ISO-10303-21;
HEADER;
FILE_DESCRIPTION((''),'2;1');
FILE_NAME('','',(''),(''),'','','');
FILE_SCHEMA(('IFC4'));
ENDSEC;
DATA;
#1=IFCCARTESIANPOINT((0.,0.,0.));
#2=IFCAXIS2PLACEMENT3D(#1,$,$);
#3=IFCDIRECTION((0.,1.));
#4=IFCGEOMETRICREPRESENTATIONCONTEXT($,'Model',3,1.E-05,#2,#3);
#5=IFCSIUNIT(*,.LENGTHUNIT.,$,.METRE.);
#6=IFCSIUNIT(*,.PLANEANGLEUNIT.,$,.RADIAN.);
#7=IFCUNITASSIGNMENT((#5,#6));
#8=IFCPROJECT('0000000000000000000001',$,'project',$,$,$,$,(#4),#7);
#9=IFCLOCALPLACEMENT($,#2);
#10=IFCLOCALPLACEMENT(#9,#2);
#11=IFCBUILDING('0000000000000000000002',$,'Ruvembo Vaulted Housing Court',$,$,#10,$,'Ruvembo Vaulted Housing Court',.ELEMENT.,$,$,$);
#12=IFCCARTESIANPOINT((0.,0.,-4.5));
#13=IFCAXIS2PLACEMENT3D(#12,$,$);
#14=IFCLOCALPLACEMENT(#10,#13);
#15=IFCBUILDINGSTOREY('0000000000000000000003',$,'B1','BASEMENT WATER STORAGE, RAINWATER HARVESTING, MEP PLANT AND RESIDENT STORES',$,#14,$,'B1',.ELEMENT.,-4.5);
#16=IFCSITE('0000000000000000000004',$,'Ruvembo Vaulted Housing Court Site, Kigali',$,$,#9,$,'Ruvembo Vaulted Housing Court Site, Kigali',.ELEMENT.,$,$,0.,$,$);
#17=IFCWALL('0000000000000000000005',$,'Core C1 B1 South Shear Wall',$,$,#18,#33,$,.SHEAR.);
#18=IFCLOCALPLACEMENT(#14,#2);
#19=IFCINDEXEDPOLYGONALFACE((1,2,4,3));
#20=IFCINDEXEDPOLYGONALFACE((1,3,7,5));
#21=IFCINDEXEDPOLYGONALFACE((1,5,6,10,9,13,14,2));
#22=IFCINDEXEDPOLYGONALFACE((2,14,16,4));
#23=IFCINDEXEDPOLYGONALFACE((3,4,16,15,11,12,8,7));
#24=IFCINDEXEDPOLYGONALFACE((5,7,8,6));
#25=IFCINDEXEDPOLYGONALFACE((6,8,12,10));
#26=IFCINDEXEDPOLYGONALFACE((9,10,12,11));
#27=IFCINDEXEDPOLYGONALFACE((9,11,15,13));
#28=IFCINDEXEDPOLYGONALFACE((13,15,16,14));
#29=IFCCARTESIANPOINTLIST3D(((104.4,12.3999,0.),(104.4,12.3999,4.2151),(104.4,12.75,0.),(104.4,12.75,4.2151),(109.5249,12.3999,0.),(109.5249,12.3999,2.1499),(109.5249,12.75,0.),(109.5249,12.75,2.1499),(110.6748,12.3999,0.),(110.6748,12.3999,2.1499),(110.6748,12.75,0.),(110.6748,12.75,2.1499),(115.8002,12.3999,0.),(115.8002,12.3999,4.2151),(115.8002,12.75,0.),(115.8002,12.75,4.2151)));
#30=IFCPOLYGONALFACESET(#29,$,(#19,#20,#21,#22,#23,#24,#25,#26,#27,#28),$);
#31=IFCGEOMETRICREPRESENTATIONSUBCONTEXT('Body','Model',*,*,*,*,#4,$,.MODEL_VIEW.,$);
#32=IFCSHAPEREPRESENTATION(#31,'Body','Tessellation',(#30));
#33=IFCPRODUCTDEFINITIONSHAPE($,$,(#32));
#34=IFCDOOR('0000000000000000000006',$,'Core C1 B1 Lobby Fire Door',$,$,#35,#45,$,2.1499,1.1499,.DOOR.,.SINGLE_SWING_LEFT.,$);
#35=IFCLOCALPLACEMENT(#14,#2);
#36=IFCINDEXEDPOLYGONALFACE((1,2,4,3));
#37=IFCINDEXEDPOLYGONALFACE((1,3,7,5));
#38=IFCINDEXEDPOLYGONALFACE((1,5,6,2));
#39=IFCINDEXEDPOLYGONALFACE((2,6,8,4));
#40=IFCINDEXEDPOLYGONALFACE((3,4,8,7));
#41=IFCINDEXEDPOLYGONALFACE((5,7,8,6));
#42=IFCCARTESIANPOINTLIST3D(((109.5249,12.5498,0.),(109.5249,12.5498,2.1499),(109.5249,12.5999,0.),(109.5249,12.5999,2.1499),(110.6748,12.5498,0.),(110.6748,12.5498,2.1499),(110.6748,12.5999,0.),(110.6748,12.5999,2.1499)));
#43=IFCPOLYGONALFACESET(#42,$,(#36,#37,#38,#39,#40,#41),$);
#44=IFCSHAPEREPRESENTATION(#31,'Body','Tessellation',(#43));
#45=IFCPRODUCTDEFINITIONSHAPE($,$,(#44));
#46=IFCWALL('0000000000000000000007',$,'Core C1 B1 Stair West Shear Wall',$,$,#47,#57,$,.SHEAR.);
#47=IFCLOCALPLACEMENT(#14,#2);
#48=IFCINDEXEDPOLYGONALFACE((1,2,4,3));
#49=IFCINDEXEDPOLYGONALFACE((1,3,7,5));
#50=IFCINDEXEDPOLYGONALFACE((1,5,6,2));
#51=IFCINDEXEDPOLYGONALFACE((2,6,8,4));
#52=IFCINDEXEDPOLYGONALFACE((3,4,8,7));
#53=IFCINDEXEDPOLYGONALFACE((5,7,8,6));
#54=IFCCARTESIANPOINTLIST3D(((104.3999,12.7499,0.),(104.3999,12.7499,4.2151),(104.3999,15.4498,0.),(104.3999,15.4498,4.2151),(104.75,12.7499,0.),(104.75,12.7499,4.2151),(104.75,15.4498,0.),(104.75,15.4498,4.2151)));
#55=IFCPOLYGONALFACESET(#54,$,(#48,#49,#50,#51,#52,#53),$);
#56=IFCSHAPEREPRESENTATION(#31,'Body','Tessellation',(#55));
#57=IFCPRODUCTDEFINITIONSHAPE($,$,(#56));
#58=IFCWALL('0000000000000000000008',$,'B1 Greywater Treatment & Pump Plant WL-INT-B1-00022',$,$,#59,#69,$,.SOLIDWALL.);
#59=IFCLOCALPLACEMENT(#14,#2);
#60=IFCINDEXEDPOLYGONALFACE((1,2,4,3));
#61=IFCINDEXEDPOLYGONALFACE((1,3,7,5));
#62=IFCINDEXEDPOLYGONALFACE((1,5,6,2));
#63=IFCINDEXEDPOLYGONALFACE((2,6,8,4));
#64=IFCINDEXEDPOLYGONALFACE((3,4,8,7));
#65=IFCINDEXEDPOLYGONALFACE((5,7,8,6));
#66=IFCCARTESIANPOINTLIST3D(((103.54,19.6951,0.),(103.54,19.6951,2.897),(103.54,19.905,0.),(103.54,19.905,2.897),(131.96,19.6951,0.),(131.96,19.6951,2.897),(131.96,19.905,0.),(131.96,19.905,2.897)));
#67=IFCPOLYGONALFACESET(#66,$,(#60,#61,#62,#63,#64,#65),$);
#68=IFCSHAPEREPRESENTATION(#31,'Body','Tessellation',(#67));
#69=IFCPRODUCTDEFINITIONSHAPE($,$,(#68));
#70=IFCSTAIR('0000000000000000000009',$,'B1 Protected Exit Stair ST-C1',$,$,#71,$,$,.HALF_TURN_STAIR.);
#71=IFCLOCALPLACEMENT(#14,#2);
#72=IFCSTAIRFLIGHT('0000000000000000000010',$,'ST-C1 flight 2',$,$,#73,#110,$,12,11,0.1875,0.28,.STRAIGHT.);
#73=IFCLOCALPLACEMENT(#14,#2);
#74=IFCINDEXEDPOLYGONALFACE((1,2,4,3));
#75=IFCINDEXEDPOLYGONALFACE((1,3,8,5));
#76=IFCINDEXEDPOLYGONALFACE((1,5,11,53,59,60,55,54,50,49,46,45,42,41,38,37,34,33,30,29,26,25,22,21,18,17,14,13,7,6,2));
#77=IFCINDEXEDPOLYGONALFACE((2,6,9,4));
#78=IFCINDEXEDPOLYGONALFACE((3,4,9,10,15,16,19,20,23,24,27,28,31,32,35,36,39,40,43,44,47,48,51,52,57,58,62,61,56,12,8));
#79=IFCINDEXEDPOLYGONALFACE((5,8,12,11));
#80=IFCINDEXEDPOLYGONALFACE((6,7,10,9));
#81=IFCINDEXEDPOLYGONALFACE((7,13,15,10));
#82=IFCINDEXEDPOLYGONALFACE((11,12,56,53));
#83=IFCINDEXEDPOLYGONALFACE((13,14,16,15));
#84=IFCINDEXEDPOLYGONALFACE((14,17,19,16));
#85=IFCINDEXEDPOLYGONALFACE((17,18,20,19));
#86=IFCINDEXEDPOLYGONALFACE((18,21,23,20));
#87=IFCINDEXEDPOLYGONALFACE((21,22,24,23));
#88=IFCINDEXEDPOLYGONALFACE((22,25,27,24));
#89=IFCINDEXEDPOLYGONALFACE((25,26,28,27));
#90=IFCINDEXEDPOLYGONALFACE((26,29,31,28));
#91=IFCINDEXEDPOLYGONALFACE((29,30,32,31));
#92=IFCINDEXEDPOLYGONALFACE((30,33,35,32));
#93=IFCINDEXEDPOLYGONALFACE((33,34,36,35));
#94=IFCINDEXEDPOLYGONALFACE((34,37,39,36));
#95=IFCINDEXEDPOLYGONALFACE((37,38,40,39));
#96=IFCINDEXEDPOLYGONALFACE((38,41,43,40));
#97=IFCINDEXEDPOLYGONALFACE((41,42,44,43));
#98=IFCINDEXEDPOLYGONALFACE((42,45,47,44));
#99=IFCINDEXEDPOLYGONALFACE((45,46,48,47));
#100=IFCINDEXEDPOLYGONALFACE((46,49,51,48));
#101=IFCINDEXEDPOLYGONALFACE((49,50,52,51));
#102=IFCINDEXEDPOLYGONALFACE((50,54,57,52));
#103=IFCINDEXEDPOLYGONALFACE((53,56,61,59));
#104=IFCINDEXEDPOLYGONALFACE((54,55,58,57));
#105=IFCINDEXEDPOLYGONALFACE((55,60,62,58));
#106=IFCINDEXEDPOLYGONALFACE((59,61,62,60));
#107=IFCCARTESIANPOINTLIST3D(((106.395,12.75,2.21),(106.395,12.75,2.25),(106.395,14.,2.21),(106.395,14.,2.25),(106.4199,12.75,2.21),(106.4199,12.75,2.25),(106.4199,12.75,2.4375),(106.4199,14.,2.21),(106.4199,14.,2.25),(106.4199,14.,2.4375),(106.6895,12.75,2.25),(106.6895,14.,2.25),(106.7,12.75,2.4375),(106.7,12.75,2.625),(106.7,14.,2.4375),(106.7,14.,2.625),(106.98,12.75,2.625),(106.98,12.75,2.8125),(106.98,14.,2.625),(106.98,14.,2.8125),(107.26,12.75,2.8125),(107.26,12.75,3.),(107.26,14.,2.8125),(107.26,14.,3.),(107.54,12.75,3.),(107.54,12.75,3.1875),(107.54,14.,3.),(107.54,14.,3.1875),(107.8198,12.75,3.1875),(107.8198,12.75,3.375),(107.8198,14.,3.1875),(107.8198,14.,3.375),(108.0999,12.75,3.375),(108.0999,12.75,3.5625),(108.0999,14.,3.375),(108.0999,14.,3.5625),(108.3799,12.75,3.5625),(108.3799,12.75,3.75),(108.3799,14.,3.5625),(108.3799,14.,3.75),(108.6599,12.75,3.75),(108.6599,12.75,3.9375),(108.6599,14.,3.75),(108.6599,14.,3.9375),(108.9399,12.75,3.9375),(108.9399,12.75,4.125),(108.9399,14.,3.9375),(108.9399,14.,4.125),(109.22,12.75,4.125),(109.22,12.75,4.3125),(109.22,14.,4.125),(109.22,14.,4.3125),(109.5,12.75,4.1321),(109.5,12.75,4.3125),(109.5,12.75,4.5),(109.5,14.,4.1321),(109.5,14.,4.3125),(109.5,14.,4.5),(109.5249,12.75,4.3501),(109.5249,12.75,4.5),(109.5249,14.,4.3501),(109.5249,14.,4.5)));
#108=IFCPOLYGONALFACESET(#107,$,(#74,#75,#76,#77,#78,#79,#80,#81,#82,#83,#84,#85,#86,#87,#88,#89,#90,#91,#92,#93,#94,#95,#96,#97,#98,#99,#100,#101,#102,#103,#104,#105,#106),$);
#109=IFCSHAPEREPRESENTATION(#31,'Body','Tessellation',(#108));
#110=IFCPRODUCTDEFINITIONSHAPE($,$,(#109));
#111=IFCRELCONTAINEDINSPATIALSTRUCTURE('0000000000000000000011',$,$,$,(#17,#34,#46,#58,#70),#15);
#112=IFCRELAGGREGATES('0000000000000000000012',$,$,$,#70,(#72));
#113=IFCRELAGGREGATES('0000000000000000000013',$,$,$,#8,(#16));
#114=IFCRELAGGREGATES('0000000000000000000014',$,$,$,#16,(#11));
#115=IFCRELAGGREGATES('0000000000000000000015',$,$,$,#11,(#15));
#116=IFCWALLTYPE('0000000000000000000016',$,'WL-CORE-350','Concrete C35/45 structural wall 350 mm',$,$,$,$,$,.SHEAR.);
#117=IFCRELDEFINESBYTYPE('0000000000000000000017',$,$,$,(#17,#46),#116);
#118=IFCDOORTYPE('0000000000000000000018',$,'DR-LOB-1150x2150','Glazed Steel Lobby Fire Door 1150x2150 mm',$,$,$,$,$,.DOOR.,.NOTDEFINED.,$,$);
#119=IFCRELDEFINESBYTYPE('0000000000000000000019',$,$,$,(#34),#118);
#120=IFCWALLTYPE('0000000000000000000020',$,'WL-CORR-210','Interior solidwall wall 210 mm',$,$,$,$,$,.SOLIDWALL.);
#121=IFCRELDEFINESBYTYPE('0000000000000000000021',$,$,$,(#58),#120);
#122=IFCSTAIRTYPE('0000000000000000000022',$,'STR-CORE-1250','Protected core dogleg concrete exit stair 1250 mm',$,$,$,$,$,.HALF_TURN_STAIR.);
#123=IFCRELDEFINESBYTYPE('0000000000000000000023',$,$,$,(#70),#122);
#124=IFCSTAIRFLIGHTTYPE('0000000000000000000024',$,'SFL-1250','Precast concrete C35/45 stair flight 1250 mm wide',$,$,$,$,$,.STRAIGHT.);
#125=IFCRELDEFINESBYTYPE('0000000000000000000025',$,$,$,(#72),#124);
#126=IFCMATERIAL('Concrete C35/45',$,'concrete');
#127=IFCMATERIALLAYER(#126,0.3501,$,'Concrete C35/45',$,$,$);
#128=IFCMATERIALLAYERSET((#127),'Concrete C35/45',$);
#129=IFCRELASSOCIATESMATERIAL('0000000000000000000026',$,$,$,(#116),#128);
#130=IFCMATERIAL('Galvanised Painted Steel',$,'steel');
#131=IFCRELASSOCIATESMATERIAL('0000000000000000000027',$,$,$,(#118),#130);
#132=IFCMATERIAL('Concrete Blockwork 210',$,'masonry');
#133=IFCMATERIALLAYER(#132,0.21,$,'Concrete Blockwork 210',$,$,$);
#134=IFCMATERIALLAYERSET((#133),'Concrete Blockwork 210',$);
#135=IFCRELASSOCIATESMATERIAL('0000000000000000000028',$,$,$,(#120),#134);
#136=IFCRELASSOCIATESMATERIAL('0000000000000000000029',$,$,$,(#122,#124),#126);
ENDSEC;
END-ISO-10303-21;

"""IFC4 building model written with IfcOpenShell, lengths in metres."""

from ifc_helpers import new_model, si_unit, direction, frame, frame_2d, origin, place, context, subcontext, project, spatial, polyline, rectangle, outline, extrude, material, layer, layer_set, type_object, element, fill, aggregate, save


model = new_model("IFC4")

# Units and contexts
model_context = context("Model", 3, precision=1e-05, world=origin(), true_north=direction((0.0, 1.0)))
body_context = subcontext(model_context, "Body", "Model", "MODEL_VIEW")
ifc_project = project(units=[si_unit("LENGTHUNIT", "METRE"), si_unit("PLANEANGLEUNIT", "RADIAN")], contexts=[model_context])

# Site, building, storey
site_placement = place(None, origin())
site = spatial("IfcSite", under=ifc_project, at=site_placement, Name="Ruvembo Vaulted Housing Court Site, Kigali", LongName="Ruvembo Vaulted Housing Court Site, Kigali", CompositionType="ELEMENT", RefElevation=0.0)
building_placement = place(site_placement, origin())
building = spatial("IfcBuilding", under=site, at=building_placement, Name="Ruvembo Vaulted Housing Court", LongName="Ruvembo Vaulted Housing Court", CompositionType="ELEMENT")
storey_placement = place(building_placement, frame((0.0, 0.0, -4.5)))
storey = spatial("IfcBuildingStorey", under=building, at=storey_placement, Name="B1", Description="BASEMENT WATER STORAGE, RAINWATER HARVESTING, MEP PLANT AND RESIDENT STORES", LongName="B1", CompositionType="ELEMENT", Elevation=-4.5)

# Shared definitions
ifc_material_1 = material(Name="Concrete C35/45", Category="concrete")

# Wall, opening, door
ifc_layer_1 = layer(ifc_material_1, 0.3501, Name="Concrete C35/45")
ifc_layer_set_1 = layer_set([ifc_layer_1], Name="Concrete C35/45")
wall_type_1 = type_object("IfcWallType", Name="WL-CORE-350", Description="Concrete C35/45 structural wall 350 mm", PredefinedType="SHEAR", material=ifc_layer_set_1)
wall_1_placement = place(storey_placement, frame((104.3999, 12.575, 0.0), z_axis=(0.0, 0.0, 1.0), x_axis=(1.0, 0.0, 0.0)))
wall_1 = element("IfcWall", 1, at=wall_1_placement, inside=storey, type_object=wall_type_1, Name="Core C1 B1 South Shear Wall", PredefinedType="SHEAR", context=body_context, shape_type="SweptSolid", body=[
    extrude(rectangle(XDim=11.4001, YDim=0.3501, at=frame_2d((5.7002, 0.0))), origin(), (0.0, 0.0, 1.0), 4.2151),
])
opening_placement = place(wall_1_placement, frame((5.125, 0.0, 0.0)))
opening = element("IfcOpeningElement", 2, at=opening_placement, cuts=wall_1, PredefinedType="OPENING", context=body_context, shape_type="SweptSolid", body=[
    extrude(rectangle(XDim=1.1499, YDim=2.1499, at=frame_2d((0.575, 1.075))), frame((0.0, 0.1851, 0.0), z_axis=(0.0, -1.0, 0.0), x_axis=(1.0, 0.0, 0.0)), (0.0, 0.0, 1.0), 0.3701),
])
ifc_material_2 = material(Name="Galvanised Painted Steel", Category="steel")
door_type = type_object("IfcDoorType", Name="DR-LOB-1150x2150", Description="Glazed Steel Lobby Fire Door 1150x2150 mm", OperationType="NOTDEFINED", PredefinedType="DOOR", material=ifc_material_2)
door_placement = place(opening_placement, origin())
door = element("IfcDoor", 3, at=door_placement, inside=storey, type_object=door_type, Name="Core C1 B1 Lobby Fire Door", OperationType="SINGLE_SWING_LEFT", OverallHeight=2.1499, OverallWidth=1.1499, PredefinedType="DOOR", context=body_context, shape_type="SweptSolid", body=[
    extrude(rectangle(XDim=1.1499, YDim=2.1499, at=frame_2d((0.575, 1.075))), frame((0.0, 0.0249, 0.0), z_axis=(0.0, -1.0, 0.0), x_axis=(1.0, 0.0, 0.0)), (0.0, 0.0, 1.0), 0.05),
])
fill(opening, door)

# Walls
wall_2_placement = place(storey_placement, frame((104.575, 15.45, 0.0), z_axis=(0.0, 0.0, 1.0), x_axis=(0.0, -1.0, 0.0)))
element("IfcWall", 4, at=wall_2_placement, inside=storey, type_object=wall_type_1, Name="Core C1 B1 Stair West Shear Wall", PredefinedType="SHEAR", context=body_context, shape_type="SweptSolid", body=[
    extrude(rectangle(XDim=2.7, YDim=0.3501, at=frame_2d((1.3501, 0.0))), origin(), (0.0, 0.0, 1.0), 4.2151),
])
ifc_material_3 = material(Name="Concrete Blockwork 210", Category="masonry")
ifc_layer_2 = layer(ifc_material_3, 0.21, Name="Concrete Blockwork 210")
ifc_layer_set_2 = layer_set([ifc_layer_2], Name="Concrete Blockwork 210")
wall_type_2 = type_object("IfcWallType", Name="WL-CORR-210", Description="Interior solidwall wall 210 mm", PredefinedType="SOLIDWALL", material=ifc_layer_set_2)
wall_3_placement = place(storey_placement, frame((103.54, 19.8, 0.0), z_axis=(0.0, 0.0, 1.0), x_axis=(1.0, 0.0, 0.0)))
element("IfcWall", 5, at=wall_3_placement, inside=storey, type_object=wall_type_2, Name="B1 Greywater Treatment & Pump Plant WL-INT-B1-00022", PredefinedType="SOLIDWALL", context=body_context, shape_type="SweptSolid", body=[
    extrude(rectangle(XDim=28.4199, YDim=0.21, at=frame_2d((14.21, 0.0))), origin(), (0.0, 0.0, 1.0), 2.897),
])

# Stair, stair flight
stair_type = type_object("IfcStairType", Name="STR-CORE-1250", Description="Protected core dogleg concrete exit stair 1250 mm", PredefinedType="HALF_TURN_STAIR", material=ifc_material_1)
stair_placement = place(storey_placement, origin())
stair = element("IfcStair", 6, at=stair_placement, inside=storey, type_object=stair_type, Name="B1 Protected Exit Stair ST-C1", PredefinedType="HALF_TURN_STAIR")
stair_flight_type = type_object("IfcStairFlightType", Name="SFL-1250", Description="Precast concrete C35/45 stair flight 1250 mm wide", PredefinedType="STRAIGHT", material=ifc_material_1)
stair_flight_placement = place(storey_placement, frame((106.4199, 13.375, 2.25), z_axis=(0.0, 0.0, 1.0), x_axis=(1.0, 0.0, 0.0)))
stair_flight = element("IfcStairFlight", 7, at=stair_flight_placement, type_object=stair_flight_type, Name="ST-C1 flight 2", NumberOfRisers=12, NumberOfTreads=11, PredefinedType="STRAIGHT", RiserHeight=0.1875, TreadLength=0.28, context=body_context, shape_type="SweptSolid", body=[
    extrude(outline(polyline([(-0.0249, -0.04), (-0.0249, 0.0), (0.0, 0.0), (0.0, 0.1875), (0.28, 0.1875), (0.28, 0.375), (0.5601, 0.375), (0.5601, 0.5625), (0.8401, 0.5625), (0.8401, 0.75), (1.1201, 0.75), (1.1201, 0.9375), (1.3999, 0.9375), (1.3999, 1.125), (1.6799, 1.125), (1.6799, 1.3125), (1.96, 1.3125), (1.96, 1.5), (2.24, 1.5), (2.24, 1.6875), (2.52, 1.6875), (2.52, 1.875), (2.8, 1.875), (2.8, 2.0625), (3.0801, 2.0625), (3.0801, 2.25), (3.105, 2.25), (3.105, 2.1001), (3.0801, 1.8821), (0.2695, 0.0), (0.0, -0.04), (-0.0249, -0.04)])), frame((0.0, 0.625, 0.0), z_axis=(0.0, -1.0, 0.0), x_axis=(1.0, 0.0, 0.0)), (0.0, 0.0, 1.0), 1.25),
])
aggregate(stair, [stair_flight])

save(model, "model.ifc")
